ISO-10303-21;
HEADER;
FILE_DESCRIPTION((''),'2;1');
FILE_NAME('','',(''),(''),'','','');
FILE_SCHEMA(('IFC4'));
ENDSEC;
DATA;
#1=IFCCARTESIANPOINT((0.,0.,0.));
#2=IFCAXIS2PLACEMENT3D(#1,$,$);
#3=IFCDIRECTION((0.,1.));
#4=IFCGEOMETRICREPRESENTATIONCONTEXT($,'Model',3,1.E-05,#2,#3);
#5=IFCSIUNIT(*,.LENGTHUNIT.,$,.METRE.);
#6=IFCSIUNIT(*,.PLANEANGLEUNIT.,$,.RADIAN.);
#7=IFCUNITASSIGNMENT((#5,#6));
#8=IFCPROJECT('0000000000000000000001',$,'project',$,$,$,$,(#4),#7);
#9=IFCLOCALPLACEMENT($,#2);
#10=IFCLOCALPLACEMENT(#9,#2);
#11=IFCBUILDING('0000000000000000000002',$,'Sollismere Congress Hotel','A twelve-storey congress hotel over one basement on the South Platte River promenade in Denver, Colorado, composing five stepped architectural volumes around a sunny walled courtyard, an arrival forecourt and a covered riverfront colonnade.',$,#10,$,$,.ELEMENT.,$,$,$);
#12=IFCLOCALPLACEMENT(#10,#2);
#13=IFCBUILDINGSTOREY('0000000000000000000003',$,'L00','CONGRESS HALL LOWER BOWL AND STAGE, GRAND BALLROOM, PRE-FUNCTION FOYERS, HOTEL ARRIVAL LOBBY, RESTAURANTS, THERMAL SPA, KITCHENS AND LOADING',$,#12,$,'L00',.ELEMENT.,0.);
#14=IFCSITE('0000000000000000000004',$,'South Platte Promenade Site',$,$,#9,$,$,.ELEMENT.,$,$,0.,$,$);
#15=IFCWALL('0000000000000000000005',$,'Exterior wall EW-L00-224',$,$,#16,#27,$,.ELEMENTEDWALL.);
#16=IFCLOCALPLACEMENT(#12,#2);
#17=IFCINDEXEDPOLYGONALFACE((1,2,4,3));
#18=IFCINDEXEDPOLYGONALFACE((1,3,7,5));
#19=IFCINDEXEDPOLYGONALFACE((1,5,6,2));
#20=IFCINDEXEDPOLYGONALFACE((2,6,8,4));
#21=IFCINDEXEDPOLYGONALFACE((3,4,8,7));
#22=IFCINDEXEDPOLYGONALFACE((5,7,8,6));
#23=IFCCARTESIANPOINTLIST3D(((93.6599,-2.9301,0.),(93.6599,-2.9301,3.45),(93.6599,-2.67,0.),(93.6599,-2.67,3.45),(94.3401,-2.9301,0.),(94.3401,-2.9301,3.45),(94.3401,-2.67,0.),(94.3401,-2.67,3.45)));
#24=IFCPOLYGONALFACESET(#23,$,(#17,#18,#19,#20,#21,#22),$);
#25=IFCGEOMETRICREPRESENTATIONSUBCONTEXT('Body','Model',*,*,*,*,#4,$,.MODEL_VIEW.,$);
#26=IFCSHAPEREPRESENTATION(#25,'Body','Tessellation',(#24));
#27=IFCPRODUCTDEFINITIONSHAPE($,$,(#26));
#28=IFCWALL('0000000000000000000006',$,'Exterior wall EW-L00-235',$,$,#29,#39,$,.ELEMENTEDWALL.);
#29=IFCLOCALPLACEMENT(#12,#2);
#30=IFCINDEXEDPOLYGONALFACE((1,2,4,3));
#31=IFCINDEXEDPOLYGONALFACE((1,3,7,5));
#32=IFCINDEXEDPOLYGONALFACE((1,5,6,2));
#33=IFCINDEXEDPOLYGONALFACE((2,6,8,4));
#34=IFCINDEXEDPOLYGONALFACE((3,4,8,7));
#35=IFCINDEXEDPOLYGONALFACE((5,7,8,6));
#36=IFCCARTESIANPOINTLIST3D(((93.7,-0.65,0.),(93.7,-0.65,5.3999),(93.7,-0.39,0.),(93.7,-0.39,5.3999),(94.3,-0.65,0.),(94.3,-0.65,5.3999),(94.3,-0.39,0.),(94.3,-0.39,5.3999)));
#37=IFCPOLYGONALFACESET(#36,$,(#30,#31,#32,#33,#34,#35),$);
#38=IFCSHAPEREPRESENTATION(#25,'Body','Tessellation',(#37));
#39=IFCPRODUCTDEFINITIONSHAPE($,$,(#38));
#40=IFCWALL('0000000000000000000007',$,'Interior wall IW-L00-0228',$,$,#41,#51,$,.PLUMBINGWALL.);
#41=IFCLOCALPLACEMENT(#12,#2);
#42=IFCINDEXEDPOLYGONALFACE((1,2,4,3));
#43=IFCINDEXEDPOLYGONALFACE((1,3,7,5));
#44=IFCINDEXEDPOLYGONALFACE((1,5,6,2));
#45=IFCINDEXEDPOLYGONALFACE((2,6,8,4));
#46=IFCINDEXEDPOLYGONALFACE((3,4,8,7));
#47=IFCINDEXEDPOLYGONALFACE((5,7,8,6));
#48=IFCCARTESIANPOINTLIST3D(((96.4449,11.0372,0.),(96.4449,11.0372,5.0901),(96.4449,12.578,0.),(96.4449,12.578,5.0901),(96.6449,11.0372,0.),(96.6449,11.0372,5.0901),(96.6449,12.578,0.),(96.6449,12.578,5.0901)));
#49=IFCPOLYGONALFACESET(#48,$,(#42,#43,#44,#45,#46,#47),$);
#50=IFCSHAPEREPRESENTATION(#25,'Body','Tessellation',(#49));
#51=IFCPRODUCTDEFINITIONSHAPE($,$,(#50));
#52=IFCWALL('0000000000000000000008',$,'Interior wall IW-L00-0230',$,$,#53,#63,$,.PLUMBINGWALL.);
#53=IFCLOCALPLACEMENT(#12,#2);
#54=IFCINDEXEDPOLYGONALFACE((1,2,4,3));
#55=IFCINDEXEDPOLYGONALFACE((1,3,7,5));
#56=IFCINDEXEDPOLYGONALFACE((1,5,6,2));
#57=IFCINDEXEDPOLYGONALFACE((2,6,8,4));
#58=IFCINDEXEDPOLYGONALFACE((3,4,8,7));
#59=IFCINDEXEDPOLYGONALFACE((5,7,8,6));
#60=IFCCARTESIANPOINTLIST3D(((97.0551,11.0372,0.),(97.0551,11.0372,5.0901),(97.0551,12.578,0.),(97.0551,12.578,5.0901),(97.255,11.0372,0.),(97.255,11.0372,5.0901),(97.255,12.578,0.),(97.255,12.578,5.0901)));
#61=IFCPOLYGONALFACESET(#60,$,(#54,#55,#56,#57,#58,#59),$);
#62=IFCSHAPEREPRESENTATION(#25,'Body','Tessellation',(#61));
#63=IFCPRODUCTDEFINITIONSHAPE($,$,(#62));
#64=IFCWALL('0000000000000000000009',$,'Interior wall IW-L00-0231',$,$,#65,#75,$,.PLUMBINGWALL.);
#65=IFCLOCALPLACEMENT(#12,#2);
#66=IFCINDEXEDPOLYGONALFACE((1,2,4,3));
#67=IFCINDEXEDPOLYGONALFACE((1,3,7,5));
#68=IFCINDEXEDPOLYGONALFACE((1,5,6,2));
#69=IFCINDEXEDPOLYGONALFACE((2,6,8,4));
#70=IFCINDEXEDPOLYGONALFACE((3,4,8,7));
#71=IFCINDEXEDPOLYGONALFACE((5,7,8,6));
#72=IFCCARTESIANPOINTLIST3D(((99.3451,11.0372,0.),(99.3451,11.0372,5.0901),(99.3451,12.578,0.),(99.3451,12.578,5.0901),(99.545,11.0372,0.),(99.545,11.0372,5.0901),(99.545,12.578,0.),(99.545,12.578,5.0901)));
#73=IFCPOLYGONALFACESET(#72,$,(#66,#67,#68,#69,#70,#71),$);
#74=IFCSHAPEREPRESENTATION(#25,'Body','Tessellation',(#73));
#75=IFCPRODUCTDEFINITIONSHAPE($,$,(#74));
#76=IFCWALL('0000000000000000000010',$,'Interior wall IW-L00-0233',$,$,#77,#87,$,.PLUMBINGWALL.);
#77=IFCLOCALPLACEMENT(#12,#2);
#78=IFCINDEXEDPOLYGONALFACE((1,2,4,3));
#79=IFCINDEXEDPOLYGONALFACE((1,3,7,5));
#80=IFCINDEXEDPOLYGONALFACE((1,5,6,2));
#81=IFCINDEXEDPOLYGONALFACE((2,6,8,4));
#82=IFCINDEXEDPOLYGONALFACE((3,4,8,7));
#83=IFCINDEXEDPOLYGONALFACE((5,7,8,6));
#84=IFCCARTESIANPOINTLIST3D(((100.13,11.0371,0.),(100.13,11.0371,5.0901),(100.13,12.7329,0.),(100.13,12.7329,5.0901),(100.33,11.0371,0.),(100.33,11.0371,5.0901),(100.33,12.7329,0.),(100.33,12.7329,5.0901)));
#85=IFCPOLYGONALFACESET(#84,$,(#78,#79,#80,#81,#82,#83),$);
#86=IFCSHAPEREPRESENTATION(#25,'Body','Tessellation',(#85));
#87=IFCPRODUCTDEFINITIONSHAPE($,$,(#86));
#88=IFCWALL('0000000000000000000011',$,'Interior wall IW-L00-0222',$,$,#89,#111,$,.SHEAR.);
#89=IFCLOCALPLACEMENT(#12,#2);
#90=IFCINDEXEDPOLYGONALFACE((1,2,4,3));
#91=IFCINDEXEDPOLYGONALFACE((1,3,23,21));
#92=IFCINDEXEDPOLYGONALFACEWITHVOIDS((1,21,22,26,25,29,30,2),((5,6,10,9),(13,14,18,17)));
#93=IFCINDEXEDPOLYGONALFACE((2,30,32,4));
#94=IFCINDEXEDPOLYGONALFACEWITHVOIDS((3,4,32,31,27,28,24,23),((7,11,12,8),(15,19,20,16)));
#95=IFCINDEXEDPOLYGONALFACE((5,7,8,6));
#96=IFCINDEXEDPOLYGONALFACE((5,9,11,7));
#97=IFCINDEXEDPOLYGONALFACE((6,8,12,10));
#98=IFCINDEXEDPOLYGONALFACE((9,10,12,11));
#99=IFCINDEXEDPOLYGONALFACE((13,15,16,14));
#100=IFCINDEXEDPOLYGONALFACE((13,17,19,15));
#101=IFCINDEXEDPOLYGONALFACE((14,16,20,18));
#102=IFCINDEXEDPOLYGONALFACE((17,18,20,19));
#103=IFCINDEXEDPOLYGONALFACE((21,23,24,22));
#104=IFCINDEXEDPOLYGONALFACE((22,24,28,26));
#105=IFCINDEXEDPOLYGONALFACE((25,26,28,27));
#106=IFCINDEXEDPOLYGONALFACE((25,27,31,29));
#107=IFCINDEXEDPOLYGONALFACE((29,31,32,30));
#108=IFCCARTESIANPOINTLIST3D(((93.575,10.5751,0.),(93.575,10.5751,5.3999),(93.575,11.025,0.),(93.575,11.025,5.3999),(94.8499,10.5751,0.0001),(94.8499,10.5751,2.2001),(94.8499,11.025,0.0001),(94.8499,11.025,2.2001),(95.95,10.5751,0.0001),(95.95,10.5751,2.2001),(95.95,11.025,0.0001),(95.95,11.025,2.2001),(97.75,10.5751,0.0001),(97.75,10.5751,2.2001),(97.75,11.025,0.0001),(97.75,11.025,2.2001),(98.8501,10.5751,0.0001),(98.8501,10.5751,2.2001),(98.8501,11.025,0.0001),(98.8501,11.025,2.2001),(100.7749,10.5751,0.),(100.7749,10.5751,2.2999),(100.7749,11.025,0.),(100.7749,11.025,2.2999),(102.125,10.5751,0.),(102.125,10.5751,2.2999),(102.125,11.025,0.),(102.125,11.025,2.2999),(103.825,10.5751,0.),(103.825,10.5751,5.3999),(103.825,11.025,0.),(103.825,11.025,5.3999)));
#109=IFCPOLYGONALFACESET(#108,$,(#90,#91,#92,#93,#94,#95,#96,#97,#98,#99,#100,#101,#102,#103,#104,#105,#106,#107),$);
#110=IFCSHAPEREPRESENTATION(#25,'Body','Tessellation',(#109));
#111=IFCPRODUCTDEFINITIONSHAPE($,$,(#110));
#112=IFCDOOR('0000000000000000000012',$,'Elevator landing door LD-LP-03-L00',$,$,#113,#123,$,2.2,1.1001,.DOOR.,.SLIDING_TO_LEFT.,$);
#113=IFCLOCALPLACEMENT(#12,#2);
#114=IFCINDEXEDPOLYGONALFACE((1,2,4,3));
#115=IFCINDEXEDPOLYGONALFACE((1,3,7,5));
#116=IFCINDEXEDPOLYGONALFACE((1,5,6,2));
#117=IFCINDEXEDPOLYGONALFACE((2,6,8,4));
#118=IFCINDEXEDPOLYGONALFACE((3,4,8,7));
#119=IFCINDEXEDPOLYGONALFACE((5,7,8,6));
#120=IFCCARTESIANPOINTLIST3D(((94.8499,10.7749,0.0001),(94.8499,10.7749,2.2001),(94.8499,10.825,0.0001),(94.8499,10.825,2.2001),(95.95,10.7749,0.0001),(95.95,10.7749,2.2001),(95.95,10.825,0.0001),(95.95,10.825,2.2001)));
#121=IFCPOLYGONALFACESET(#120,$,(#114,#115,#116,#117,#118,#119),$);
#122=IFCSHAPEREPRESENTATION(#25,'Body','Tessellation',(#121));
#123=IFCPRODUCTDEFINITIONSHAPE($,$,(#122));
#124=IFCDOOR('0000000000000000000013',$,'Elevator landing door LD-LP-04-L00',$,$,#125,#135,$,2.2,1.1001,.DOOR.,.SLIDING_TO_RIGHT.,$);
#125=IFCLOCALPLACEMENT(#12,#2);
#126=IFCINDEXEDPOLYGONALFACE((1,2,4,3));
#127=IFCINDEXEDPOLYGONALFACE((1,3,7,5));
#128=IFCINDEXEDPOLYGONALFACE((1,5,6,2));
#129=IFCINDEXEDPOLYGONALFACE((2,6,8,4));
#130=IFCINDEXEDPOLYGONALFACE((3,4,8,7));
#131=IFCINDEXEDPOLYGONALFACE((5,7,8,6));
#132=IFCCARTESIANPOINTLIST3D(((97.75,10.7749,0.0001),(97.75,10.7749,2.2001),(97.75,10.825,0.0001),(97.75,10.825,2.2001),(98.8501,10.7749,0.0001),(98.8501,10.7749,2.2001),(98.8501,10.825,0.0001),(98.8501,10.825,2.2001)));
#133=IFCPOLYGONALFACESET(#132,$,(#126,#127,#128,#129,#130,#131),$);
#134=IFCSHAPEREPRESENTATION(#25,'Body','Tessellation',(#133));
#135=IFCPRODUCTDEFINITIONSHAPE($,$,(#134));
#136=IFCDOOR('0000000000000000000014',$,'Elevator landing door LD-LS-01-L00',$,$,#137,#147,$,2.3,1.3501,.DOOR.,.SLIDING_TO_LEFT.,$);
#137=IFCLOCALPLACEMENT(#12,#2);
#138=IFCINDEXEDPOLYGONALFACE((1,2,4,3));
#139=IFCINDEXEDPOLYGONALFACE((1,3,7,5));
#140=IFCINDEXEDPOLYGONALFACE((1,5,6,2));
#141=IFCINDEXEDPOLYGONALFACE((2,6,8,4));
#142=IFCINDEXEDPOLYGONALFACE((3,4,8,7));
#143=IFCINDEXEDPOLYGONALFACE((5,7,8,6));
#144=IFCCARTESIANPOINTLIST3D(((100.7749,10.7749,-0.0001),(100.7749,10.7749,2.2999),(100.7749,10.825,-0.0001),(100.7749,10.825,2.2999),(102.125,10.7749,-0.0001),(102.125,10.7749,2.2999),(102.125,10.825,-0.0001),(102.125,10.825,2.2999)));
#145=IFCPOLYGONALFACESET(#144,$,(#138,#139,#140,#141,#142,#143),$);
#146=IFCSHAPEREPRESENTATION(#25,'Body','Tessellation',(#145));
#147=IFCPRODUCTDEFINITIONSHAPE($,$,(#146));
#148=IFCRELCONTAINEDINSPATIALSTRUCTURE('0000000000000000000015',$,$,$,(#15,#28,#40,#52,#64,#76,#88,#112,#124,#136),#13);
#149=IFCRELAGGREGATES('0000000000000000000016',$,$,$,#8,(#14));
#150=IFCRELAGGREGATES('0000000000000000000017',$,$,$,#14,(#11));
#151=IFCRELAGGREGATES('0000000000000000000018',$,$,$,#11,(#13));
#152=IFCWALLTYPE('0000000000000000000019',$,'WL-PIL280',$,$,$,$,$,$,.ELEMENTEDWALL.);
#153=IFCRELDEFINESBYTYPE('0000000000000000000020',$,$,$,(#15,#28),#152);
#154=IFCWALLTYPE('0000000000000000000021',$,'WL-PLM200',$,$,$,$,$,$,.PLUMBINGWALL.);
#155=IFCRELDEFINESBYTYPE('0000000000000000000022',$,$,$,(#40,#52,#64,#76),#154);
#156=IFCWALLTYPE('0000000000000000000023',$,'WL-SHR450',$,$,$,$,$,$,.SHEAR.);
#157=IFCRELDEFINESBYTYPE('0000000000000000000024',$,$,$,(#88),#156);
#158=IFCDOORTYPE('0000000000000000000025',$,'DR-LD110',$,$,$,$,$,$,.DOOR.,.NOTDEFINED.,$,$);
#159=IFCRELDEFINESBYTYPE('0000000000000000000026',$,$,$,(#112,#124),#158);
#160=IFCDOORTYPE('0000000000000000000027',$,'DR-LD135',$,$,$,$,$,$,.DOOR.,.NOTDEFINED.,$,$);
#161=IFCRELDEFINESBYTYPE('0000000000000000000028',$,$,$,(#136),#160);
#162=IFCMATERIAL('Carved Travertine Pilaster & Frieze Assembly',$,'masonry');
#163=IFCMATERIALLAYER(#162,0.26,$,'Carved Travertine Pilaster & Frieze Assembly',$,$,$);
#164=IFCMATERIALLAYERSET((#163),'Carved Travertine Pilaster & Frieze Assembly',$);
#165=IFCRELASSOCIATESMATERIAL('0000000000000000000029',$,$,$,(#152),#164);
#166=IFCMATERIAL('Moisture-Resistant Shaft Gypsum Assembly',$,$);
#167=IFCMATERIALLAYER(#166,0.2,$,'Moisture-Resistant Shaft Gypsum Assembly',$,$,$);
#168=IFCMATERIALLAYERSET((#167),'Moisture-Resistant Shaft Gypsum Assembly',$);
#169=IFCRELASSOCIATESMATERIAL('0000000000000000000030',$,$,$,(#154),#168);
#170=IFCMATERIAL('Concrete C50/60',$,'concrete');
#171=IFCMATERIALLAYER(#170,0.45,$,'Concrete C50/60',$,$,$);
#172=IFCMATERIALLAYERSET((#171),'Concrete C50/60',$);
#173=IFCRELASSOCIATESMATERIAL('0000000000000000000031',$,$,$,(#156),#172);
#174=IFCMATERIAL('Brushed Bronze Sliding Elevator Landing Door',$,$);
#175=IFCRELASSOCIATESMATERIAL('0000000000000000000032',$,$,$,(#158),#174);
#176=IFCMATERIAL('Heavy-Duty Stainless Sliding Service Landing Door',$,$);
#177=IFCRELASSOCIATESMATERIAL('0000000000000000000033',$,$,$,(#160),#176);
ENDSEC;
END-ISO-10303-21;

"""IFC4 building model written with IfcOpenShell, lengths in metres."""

from ifc_helpers import new_model, si_unit, direction, frame, frame_2d, origin, place, context, subcontext, project, spatial, rectangle, extrude, material, layer, layer_set, type_object, element, fill, save


model = new_model("IFC4")

# Units and contexts
model_context = context("Model", 3, precision=1e-05, world=origin(), true_north=direction((0.0, 1.0)))
body_context = subcontext(model_context, "Body", "Model", "MODEL_VIEW")
ifc_project = project(units=[si_unit("LENGTHUNIT", "METRE"), si_unit("PLANEANGLEUNIT", "RADIAN")], contexts=[model_context])

# Site, building, storey
site_placement = place(None, origin())
site = spatial("IfcSite", under=ifc_project, at=site_placement, Name="South Platte Promenade Site", CompositionType="ELEMENT", RefElevation=0.0)
building_placement = place(site_placement, origin())
building = spatial("IfcBuilding", under=site, at=building_placement, Name="Sollismere Congress Hotel", Description="A twelve-storey congress hotel over one basement on the South Platte River promenade in Denver, Colorado, composing five stepped architectural volumes around a sunny walled courtyard, an arrival forecourt and a covered riverfront colonnade.", CompositionType="ELEMENT")
storey_placement = place(building_placement, origin())
storey = spatial("IfcBuildingStorey", under=building, at=storey_placement, Name="L00", Description="CONGRESS HALL LOWER BOWL AND STAGE, GRAND BALLROOM, PRE-FUNCTION FOYERS, HOTEL ARRIVAL LOBBY, RESTAURANTS, THERMAL SPA, KITCHENS AND LOADING", LongName="L00", CompositionType="ELEMENT", Elevation=0.0)

# Walls
ifc_material_1 = material(Name="Carved Travertine Pilaster & Frieze Assembly", Category="masonry")
ifc_layer_1 = layer(ifc_material_1, 0.26, Name="Carved Travertine Pilaster & Frieze Assembly")
ifc_layer_set_1 = layer_set([ifc_layer_1], Name="Carved Travertine Pilaster & Frieze Assembly")
wall_type_1 = type_object("IfcWallType", Name="WL-PIL280", PredefinedType="ELEMENTEDWALL", material=ifc_layer_set_1)
wall_1_placement = place(storey_placement, frame((93.6599, -2.8, 0.0), z_axis=(0.0, 0.0, 1.0), x_axis=(1.0, 0.0, 0.0)))
element("IfcWall", 1, at=wall_1_placement, inside=storey, type_object=wall_type_1, Name="Exterior wall EW-L00-224", PredefinedType="ELEMENTEDWALL", context=body_context, shape_type="SweptSolid", body=[
    extrude(rectangle(XDim=0.6802, YDim=0.26, at=frame_2d((0.3401, 0.0))), origin(), (0.0, 0.0, 1.0), 3.45),
])
wall_2_placement = place(storey_placement, frame((93.7, -0.52, 0.0), z_axis=(0.0, 0.0, 1.0), x_axis=(1.0, 0.0, 0.0)))
element("IfcWall", 2, at=wall_2_placement, inside=storey, type_object=wall_type_1, Name="Exterior wall EW-L00-235", PredefinedType="ELEMENTEDWALL", context=body_context, shape_type="SweptSolid", body=[
    extrude(rectangle(XDim=0.6001, YDim=0.26, at=frame_2d((0.3, 0.0))), origin(), (0.0, 0.0, 1.0), 5.3999),
])
ifc_material_2 = material(Name="Moisture-Resistant Shaft Gypsum Assembly")
ifc_layer_2 = layer(ifc_material_2, 0.2, Name="Moisture-Resistant Shaft Gypsum Assembly")
ifc_layer_set_2 = layer_set([ifc_layer_2], Name="Moisture-Resistant Shaft Gypsum Assembly")
wall_type_2 = type_object("IfcWallType", Name="WL-PLM200", PredefinedType="PLUMBINGWALL", material=ifc_layer_set_2)
for number, where, z_axis, x_axis, name in (
    (3, (96.5449, 11.0371, 0.0), (0.0, 0.0, 1.0), (0.0, 1.0, 0.0), "Interior wall IW-L00-0228"),
    (4, (97.155, 11.0371, 0.0), (0.0, 0.0, 1.0), (0.0, 1.0, 0.0), "Interior wall IW-L00-0230"),
    (5, (99.4451, 11.0371, 0.0), (0.0, 0.0, 1.0), (0.0, 1.0, 0.0), "Interior wall IW-L00-0231"),
):
    element("IfcWall", number, at=place(storey_placement, frame(where, z_axis=z_axis, x_axis=x_axis)), inside=storey, type_object=wall_type_2, Name=name, PredefinedType="PLUMBINGWALL", context=body_context, shape_type="SweptSolid", body=[
        extrude(rectangle(XDim=1.5408, YDim=0.2, at=frame_2d((0.7705, 0.0))), origin(), (0.0, 0.0, 1.0), 5.0901),
    ])
wall_3_placement = place(storey_placement, frame((100.23, 11.0371, 0.0), z_axis=(0.0, 0.0, 1.0), x_axis=(0.0, 1.0, 0.0)))
element("IfcWall", 6, at=wall_3_placement, inside=storey, type_object=wall_type_2, Name="Interior wall IW-L00-0233", PredefinedType="PLUMBINGWALL", context=body_context, shape_type="SweptSolid", body=[
    extrude(rectangle(XDim=1.6958, YDim=0.2, at=frame_2d((0.8479, 0.0))), origin(), (0.0, 0.0, 1.0), 5.0901),
])

# Wall, openings, doors
ifc_material_3 = material(Name="Concrete C50/60", Category="concrete")
ifc_layer_3 = layer(ifc_material_3, 0.45, Name="Concrete C50/60")
ifc_layer_set_3 = layer_set([ifc_layer_3], Name="Concrete C50/60")
wall_type_3 = type_object("IfcWallType", Name="WL-SHR450", PredefinedType="SHEAR", material=ifc_layer_set_3)
wall_4_placement = place(storey_placement, frame((93.575, 10.8, 0.0), z_axis=(0.0, 0.0, 1.0), x_axis=(1.0, 0.0, 0.0)))
wall_4 = element("IfcWall", 7, at=wall_4_placement, inside=storey, type_object=wall_type_3, Name="Interior wall IW-L00-0222", PredefinedType="SHEAR", context=body_context, shape_type="SweptSolid", body=[
    extrude(rectangle(XDim=10.25, YDim=0.45, at=frame_2d((5.125, 0.0))), origin(), (0.0, 0.0, 1.0), 5.3999),
])
opening_1_placement = place(wall_4_placement, frame((1.2749, 0.0, 0.0)))
opening_1 = element("IfcOpeningElement", 8, at=opening_1_placement, cuts=wall_4, PredefinedType="OPENING", context=body_context, shape_type="SweptSolid", body=[
    extrude(rectangle(XDim=1.1001, YDim=2.2, at=frame_2d((0.55, 1.1001))), frame((0.0, 0.2349, 0.0), z_axis=(0.0, -1.0, 0.0), x_axis=(1.0, 0.0, 0.0)), (0.0, 0.0, 1.0), 0.47),
])
opening_2_placement = place(wall_4_placement, frame((4.175, 0.0, 0.0)))
opening_2 = element("IfcOpeningElement", 9, at=opening_2_placement, cuts=wall_4, PredefinedType="OPENING", context=body_context, shape_type="SweptSolid", body=[
    extrude(rectangle(XDim=1.1001, YDim=2.2, at=frame_2d((0.55, 1.1001))), frame((0.0, 0.2349, 0.0), z_axis=(0.0, -1.0, 0.0), x_axis=(1.0, 0.0, 0.0)), (0.0, 0.0, 1.0), 0.47),
])
opening_3_placement = place(wall_4_placement, frame((7.2, 0.0, 0.0)))
opening_3 = element("IfcOpeningElement", 10, at=opening_3_placement, cuts=wall_4, PredefinedType="OPENING", context=body_context, shape_type="SweptSolid", body=[
    extrude(rectangle(XDim=1.3501, YDim=2.3, at=frame_2d((0.675, 1.1499))), frame((0.0, 0.2349, 0.0), z_axis=(0.0, -1.0, 0.0), x_axis=(1.0, 0.0, 0.0)), (0.0, 0.0, 1.0), 0.47),
])
ifc_material_4 = material(Name="Brushed Bronze Sliding Elevator Landing Door")
door_type_1 = type_object("IfcDoorType", Name="DR-LD110", OperationType="NOTDEFINED", PredefinedType="DOOR", material=ifc_material_4)
door_1_placement = place(opening_1_placement, origin())
door_1 = element("IfcDoor", 11, at=door_1_placement, inside=storey, type_object=door_type_1, Name="Elevator landing door LD-LP-03-L00", OperationType="SLIDING_TO_LEFT", OverallHeight=2.2, OverallWidth=1.1001, PredefinedType="DOOR", context=body_context, shape_type="SweptSolid", body=[
    extrude(rectangle(XDim=1.1001, YDim=2.2, at=frame_2d((0.55, 1.1001))), frame((0.0, 0.0249, 0.0), z_axis=(0.0, -1.0, 0.0), x_axis=(1.0, 0.0, 0.0)), (0.0, 0.0, 1.0), 0.05),
])
fill(opening_1, door_1)
door_2_placement = place(opening_2_placement, origin())
door_2 = element("IfcDoor", 12, at=door_2_placement, inside=storey, type_object=door_type_1, Name="Elevator landing door LD-LP-04-L00", OperationType="SLIDING_TO_RIGHT", OverallHeight=2.2, OverallWidth=1.1001, PredefinedType="DOOR", context=body_context, shape_type="SweptSolid", body=[
    extrude(rectangle(XDim=1.1001, YDim=2.2, at=frame_2d((0.55, 1.1001))), frame((0.0, 0.0249, 0.0), z_axis=(0.0, -1.0, 0.0), x_axis=(1.0, 0.0, 0.0)), (0.0, 0.0, 1.0), 0.05),
])
fill(opening_2, door_2)
ifc_material_5 = material(Name="Heavy-Duty Stainless Sliding Service Landing Door")
door_type_2 = type_object("IfcDoorType", Name="DR-LD135", OperationType="NOTDEFINED", PredefinedType="DOOR", material=ifc_material_5)
door_3_placement = place(opening_3_placement, origin())
door_3 = element("IfcDoor", 13, at=door_3_placement, inside=storey, type_object=door_type_2, Name="Elevator landing door LD-LS-01-L00", OperationType="SLIDING_TO_LEFT", OverallHeight=2.3, OverallWidth=1.3501, PredefinedType="DOOR", context=body_context, shape_type="SweptSolid", body=[
    extrude(rectangle(XDim=1.3501, YDim=2.3, at=frame_2d((0.675, 1.1499))), frame((0.0, 0.0249, 0.0), z_axis=(0.0, -1.0, 0.0), x_axis=(1.0, 0.0, 0.0)), (0.0, 0.0, 1.0), 0.05),
])
fill(opening_3, door_3)

save(model, "model.ifc")
